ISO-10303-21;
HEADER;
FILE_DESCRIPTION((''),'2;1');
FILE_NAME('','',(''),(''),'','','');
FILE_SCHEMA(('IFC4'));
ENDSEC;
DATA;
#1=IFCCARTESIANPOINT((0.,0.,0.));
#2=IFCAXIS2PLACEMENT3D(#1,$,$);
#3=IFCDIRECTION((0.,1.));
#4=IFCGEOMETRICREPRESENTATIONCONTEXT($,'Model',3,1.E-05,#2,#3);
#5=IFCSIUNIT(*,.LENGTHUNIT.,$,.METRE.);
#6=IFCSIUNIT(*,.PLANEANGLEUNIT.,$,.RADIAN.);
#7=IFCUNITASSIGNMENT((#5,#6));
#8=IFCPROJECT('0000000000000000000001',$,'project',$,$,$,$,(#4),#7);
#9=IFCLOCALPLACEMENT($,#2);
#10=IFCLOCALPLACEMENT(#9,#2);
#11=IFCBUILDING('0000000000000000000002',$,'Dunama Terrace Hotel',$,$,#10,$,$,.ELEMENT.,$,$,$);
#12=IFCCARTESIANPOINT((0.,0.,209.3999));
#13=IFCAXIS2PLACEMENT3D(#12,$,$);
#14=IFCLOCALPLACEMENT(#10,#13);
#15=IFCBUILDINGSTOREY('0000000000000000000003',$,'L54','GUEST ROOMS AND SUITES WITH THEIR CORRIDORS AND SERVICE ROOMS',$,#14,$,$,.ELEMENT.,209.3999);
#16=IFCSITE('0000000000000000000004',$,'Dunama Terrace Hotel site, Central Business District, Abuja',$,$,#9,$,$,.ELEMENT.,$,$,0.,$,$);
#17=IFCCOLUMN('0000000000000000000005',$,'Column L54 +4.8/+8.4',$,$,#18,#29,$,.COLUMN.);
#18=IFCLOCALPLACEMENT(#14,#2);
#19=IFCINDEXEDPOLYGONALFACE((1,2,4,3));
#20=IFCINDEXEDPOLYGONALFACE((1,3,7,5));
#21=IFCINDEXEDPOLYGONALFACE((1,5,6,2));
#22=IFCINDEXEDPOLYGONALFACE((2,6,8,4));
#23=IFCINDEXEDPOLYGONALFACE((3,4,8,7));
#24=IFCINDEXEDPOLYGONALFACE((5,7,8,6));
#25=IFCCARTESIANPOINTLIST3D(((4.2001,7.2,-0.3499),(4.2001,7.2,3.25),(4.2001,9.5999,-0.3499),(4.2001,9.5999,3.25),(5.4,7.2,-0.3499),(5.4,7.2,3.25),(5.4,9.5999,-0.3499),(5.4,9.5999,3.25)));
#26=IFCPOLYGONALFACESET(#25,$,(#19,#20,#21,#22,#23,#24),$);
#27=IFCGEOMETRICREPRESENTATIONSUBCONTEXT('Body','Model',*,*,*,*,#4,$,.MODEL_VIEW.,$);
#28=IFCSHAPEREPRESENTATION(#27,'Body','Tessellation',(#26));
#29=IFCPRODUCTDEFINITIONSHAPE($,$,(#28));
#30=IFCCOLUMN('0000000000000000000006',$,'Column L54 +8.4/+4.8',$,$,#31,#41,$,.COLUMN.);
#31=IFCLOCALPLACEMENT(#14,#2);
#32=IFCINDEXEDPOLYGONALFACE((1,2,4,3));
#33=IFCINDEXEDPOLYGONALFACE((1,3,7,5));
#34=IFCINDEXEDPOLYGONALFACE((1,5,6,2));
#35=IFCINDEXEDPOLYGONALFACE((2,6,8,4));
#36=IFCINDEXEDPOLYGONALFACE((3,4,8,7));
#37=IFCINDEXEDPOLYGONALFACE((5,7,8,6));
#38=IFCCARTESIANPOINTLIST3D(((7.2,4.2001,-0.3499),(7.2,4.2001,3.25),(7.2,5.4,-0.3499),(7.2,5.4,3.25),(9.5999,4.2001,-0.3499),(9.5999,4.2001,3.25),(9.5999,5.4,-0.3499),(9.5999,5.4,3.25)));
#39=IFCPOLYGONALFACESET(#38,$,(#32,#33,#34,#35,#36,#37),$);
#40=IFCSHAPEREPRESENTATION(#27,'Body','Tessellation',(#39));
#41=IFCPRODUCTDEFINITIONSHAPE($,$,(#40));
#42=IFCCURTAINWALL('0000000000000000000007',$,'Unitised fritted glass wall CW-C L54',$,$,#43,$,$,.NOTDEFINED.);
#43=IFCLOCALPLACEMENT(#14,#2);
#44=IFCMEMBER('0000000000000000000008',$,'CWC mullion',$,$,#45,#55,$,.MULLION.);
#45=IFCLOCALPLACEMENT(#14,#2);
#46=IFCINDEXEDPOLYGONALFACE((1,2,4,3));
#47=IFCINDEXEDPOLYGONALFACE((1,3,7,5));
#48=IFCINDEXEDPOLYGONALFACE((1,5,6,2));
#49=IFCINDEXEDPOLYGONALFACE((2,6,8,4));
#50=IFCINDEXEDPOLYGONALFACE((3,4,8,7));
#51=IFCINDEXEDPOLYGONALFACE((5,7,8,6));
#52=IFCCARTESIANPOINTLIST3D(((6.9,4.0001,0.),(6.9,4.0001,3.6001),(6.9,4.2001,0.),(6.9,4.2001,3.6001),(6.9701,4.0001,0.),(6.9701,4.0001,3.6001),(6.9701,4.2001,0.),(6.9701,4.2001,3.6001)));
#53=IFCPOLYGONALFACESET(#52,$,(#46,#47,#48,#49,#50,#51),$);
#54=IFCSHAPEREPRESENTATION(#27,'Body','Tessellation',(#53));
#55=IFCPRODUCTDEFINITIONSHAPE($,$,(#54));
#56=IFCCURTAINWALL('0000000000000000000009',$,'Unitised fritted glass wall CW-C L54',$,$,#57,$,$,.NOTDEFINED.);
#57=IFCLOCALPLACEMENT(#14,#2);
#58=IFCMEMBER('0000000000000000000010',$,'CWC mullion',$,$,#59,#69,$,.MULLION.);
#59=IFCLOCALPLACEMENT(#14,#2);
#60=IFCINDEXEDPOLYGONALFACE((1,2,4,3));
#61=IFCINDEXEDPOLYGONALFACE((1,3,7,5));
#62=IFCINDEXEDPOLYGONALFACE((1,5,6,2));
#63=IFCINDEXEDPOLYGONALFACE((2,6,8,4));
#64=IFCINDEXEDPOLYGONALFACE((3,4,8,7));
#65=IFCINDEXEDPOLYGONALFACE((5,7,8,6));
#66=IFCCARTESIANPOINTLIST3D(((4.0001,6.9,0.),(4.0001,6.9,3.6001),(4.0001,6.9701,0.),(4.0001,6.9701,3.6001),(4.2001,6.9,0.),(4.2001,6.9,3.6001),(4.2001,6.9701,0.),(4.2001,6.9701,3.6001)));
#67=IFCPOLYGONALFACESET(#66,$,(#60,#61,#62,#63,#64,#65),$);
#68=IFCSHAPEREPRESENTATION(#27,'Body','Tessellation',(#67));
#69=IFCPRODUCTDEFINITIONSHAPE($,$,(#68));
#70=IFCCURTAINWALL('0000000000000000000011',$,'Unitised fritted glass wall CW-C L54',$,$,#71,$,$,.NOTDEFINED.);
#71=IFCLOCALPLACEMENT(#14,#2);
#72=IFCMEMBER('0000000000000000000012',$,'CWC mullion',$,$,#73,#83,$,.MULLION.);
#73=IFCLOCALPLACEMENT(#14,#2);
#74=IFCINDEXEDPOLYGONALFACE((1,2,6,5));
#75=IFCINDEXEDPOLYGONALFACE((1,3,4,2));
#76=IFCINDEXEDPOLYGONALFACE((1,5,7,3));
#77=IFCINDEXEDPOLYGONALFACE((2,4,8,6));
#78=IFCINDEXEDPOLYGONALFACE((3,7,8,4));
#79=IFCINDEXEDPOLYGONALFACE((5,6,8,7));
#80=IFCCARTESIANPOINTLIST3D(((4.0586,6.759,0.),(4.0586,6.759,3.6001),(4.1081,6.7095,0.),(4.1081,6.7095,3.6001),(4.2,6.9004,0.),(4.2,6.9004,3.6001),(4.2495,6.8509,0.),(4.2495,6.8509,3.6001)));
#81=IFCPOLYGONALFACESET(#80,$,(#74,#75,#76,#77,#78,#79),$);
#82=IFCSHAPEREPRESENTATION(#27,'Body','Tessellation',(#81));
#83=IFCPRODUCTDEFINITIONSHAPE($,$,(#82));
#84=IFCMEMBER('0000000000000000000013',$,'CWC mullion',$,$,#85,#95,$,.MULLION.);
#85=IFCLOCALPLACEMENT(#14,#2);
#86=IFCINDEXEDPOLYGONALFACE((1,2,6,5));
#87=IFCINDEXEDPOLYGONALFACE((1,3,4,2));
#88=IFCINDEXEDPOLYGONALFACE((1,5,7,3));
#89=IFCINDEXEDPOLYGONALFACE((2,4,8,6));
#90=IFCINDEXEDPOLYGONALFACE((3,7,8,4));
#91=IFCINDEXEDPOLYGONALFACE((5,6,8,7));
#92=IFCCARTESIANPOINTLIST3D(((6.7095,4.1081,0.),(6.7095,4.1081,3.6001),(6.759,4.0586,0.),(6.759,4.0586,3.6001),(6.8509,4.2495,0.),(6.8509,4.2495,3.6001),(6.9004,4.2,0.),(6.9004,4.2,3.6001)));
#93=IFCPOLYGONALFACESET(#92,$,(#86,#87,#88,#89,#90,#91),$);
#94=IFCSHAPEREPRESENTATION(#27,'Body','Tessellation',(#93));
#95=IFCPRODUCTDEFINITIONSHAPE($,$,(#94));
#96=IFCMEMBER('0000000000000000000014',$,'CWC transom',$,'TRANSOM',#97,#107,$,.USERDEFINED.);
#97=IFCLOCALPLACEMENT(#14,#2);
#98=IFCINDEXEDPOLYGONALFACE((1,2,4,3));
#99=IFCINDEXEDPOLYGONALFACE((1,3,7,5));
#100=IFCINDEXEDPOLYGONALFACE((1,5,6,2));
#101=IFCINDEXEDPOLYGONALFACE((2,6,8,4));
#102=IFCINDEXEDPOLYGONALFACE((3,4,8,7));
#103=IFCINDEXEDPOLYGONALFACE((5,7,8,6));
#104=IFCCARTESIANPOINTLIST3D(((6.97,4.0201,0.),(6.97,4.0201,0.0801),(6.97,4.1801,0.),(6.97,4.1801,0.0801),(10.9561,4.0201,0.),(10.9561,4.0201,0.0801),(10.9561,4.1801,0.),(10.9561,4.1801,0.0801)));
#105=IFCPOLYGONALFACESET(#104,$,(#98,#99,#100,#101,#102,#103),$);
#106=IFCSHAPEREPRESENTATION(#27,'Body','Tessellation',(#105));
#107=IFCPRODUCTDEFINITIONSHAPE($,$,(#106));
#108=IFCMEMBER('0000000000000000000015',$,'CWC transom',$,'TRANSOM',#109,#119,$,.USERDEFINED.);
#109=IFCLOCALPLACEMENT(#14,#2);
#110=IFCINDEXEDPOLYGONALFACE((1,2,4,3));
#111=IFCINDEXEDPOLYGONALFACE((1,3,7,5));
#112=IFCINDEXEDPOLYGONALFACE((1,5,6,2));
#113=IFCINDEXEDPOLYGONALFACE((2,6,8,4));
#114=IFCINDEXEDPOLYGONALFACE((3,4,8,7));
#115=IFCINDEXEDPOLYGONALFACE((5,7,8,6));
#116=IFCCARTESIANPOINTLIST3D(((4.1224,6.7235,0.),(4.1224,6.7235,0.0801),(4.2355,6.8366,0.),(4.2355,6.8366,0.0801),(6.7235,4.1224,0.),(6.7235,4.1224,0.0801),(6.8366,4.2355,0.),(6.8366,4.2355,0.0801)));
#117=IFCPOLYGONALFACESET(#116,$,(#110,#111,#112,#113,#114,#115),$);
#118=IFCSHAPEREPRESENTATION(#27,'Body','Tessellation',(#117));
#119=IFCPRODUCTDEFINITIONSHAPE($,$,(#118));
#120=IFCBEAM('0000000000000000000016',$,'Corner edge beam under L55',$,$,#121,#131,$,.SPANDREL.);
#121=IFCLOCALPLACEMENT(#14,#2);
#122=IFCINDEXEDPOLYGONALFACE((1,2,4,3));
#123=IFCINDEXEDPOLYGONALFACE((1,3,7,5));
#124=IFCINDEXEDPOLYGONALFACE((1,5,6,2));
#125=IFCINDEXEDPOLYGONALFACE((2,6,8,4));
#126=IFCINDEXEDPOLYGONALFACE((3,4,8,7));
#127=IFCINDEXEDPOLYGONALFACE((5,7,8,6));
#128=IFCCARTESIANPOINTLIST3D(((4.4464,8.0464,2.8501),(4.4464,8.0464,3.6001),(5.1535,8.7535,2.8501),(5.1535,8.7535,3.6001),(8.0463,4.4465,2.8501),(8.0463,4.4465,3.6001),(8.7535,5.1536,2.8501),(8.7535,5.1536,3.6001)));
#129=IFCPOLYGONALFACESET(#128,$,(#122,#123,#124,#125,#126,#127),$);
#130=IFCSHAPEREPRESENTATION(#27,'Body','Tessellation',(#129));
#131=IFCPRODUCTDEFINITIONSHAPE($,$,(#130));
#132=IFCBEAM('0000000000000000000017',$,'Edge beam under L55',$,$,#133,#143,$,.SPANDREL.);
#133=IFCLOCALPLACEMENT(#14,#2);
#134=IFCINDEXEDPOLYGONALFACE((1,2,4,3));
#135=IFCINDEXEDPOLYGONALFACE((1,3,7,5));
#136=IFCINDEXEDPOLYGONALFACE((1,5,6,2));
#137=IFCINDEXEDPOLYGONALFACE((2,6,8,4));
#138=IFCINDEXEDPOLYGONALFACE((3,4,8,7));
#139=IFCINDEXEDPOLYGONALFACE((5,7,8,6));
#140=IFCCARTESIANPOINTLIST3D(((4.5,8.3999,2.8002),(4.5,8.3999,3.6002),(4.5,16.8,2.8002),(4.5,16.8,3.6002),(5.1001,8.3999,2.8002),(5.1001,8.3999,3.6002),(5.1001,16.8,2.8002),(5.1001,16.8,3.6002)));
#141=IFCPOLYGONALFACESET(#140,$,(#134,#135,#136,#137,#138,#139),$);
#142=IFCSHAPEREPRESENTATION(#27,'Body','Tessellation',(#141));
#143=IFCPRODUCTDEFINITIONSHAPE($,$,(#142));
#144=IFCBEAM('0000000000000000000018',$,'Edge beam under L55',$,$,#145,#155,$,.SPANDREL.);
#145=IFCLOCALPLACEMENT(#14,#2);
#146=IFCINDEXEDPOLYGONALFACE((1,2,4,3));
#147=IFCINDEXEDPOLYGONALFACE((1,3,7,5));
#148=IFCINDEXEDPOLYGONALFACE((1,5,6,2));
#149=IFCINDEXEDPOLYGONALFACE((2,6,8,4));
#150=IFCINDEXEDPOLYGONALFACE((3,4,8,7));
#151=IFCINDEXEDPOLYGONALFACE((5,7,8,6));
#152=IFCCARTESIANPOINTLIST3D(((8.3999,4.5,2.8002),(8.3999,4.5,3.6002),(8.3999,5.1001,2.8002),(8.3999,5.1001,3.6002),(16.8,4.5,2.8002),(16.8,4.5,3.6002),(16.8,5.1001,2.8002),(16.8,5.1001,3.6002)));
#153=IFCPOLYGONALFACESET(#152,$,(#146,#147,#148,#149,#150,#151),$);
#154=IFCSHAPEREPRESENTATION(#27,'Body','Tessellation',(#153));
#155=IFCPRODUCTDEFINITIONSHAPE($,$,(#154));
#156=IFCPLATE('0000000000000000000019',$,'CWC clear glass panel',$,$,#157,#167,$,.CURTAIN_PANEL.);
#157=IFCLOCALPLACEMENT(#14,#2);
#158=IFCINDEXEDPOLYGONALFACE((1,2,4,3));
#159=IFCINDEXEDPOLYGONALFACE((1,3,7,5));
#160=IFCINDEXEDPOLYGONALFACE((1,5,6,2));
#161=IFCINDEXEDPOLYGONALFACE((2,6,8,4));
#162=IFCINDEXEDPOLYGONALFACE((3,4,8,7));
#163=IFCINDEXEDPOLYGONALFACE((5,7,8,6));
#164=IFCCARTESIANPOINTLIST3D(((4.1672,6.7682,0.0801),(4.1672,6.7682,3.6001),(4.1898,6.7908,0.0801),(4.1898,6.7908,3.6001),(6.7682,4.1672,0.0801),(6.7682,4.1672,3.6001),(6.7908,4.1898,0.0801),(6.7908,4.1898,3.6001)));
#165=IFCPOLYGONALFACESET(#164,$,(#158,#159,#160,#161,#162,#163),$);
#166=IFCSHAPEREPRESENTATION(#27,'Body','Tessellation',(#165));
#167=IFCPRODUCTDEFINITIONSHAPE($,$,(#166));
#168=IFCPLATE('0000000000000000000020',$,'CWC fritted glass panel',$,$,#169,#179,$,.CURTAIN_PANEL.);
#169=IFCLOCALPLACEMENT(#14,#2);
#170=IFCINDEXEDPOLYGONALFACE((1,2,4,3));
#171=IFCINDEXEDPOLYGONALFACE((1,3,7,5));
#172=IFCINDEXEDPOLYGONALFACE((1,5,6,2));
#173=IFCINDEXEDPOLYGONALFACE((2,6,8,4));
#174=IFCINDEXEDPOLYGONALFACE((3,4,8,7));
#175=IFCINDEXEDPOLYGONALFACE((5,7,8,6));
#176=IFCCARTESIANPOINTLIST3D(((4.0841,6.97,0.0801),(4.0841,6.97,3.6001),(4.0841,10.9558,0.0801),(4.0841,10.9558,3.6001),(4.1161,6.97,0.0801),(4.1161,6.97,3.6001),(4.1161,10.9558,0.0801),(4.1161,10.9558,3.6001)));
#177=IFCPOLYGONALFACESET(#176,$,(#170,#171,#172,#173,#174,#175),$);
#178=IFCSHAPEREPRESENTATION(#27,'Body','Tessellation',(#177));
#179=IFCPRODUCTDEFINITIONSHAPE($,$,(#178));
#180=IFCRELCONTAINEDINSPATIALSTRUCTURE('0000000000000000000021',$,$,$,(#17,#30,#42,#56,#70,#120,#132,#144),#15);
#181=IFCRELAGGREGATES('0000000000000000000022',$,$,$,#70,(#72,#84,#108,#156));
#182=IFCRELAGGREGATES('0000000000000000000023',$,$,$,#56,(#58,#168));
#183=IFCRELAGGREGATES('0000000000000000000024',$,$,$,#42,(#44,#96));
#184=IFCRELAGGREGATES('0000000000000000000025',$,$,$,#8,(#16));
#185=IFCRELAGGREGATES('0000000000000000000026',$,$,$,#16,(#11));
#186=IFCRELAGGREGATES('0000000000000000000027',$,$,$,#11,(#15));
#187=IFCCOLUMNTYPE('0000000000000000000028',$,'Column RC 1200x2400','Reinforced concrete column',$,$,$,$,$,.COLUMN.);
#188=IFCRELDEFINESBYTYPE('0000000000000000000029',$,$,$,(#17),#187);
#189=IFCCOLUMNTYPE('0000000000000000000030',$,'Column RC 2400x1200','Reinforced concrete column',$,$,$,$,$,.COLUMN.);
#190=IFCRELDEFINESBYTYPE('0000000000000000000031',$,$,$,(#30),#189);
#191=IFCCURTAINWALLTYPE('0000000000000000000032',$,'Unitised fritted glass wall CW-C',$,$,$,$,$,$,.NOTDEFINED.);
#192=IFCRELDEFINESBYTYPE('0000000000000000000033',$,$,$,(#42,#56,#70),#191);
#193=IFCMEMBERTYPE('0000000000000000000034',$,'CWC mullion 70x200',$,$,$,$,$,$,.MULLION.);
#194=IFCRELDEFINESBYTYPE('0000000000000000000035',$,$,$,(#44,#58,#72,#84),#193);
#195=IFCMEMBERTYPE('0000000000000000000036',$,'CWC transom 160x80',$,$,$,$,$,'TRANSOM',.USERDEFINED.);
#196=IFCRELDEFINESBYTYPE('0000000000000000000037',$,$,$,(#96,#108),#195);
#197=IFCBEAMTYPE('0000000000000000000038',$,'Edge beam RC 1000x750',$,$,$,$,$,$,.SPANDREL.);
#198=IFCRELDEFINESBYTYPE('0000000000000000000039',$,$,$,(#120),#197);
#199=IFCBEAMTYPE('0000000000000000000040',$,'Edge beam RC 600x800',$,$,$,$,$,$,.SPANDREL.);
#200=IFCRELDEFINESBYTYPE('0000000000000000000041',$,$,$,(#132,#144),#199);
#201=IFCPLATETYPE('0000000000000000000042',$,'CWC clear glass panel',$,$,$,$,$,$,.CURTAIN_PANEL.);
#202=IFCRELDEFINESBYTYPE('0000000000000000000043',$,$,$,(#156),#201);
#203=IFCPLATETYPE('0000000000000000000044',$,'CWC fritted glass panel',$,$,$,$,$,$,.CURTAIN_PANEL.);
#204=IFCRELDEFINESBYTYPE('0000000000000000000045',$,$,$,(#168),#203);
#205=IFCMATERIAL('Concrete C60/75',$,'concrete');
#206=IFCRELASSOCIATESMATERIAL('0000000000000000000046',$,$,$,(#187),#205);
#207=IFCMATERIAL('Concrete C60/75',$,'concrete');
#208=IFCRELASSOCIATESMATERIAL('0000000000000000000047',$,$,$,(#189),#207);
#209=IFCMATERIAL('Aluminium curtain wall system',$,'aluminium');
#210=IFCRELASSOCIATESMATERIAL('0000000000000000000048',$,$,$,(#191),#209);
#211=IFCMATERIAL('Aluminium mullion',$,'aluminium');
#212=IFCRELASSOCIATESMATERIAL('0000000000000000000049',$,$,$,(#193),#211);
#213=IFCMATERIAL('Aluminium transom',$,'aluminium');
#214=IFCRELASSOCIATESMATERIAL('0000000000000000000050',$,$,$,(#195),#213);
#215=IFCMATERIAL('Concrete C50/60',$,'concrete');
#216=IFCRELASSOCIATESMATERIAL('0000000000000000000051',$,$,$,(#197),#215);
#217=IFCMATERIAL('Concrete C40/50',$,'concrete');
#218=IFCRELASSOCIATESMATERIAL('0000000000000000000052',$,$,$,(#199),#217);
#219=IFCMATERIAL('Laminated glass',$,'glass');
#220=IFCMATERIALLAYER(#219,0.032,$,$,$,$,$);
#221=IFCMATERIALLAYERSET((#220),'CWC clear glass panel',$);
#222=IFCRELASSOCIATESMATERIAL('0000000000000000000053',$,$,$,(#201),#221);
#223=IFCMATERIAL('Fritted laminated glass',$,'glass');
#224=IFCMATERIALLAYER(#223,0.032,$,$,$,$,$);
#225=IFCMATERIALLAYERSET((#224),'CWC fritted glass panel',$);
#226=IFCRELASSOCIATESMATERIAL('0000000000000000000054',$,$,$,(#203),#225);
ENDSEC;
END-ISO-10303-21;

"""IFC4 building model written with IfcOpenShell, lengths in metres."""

from ifc_helpers import new_model, si_unit, direction, frame, origin, origin_2d, place, context, subcontext, project, spatial, rectangle, extrude, material, layer, layer_set, material_profile, profile_set, type_object, element, aggregate, save


model = new_model("IFC4")

# Units and contexts
model_context = context("Model", 3, precision=1e-05, world=origin(), true_north=direction((0.0, 1.0)))
body_context = subcontext(model_context, "Body", "Model", "MODEL_VIEW")
ifc_project = project(units=[si_unit("LENGTHUNIT", "METRE"), si_unit("PLANEANGLEUNIT", "RADIAN")], contexts=[model_context])

# Site, building, storey
site_placement = place(None, origin())
site = spatial("IfcSite", under=ifc_project, at=site_placement, Name="Dunama Terrace Hotel site, Central Business District, Abuja", CompositionType="ELEMENT", RefElevation=0.0)
building_placement = place(site_placement, origin())
building = spatial("IfcBuilding", under=site, at=building_placement, Name="Dunama Terrace Hotel", CompositionType="ELEMENT")
storey_placement = place(building_placement, frame((0.0, 0.0, 209.3999)))
storey = spatial("IfcBuildingStorey", under=building, at=storey_placement, Name="L54", Description="GUEST ROOMS AND SUITES WITH THEIR CORRIDORS AND SERVICE ROOMS", CompositionType="ELEMENT", Elevation=209.3999)

# Columns
ifc_material_1 = material(Name="Concrete C60/75", Category="concrete")
ifc_material_profile_1 = material_profile(ifc_material_1, rectangle(XDim=1.2, YDim=2.3999, at=origin_2d()), Name="RC 1200x2400")
ifc_profile_set_1 = profile_set([ifc_material_profile_1], Name="Concrete C60/75")
column_type_1 = type_object("IfcColumnType", Name="Column RC 1200x2400", Description="Reinforced concrete column", PredefinedType="COLUMN", material=ifc_profile_set_1)
column_1_placement = place(storey_placement, frame((4.8, 8.3999, -0.3499), z_axis=(0.0, 0.0, 1.0), x_axis=(1.0, 0.0, 0.0)))
element("IfcColumn", 1, at=column_1_placement, inside=storey, type_object=column_type_1, Name="Column L54 +4.8/+8.4", PredefinedType="COLUMN", context=body_context, shape_type="SweptSolid", body=[
    extrude(rectangle(XDim=1.2, YDim=2.3999, at=origin_2d()), origin(), (0.0, 0.0, 1.0), 3.5999),
])
ifc_material_2 = material(Name="Concrete C60/75", Category="concrete")
ifc_material_profile_2 = material_profile(ifc_material_2, rectangle(XDim=2.3999, YDim=1.2, at=origin_2d()), Name="RC 2400x1200")
ifc_profile_set_2 = profile_set([ifc_material_profile_2], Name="Concrete C60/75")
column_type_2 = type_object("IfcColumnType", Name="Column RC 2400x1200", Description="Reinforced concrete column", PredefinedType="COLUMN", material=ifc_profile_set_2)
column_2_placement = place(storey_placement, frame((8.3999, 4.8, -0.3499), z_axis=(0.0, 0.0, 1.0), x_axis=(1.0, 0.0, 0.0)))
element("IfcColumn", 2, at=column_2_placement, inside=storey, type_object=column_type_2, Name="Column L54 +8.4/+4.8", PredefinedType="COLUMN", context=body_context, shape_type="SweptSolid", body=[
    extrude(rectangle(XDim=2.3999, YDim=1.2, at=origin_2d()), origin(), (0.0, 0.0, 1.0), 3.5999),
])

# Curtain walls, members
ifc_material_3 = material(Name="Aluminium curtain wall system", Category="aluminium")
curtain_wall_type = type_object("IfcCurtainWallType", Name="Unitised fritted glass wall CW-C", PredefinedType="NOTDEFINED", material=ifc_material_3)
curtain_wall_1_placement = place(storey_placement, origin())
curtain_wall_1 = element("IfcCurtainWall", 3, at=curtain_wall_1_placement, inside=storey, type_object=curtain_wall_type, Name="Unitised fritted glass wall CW-C L54", PredefinedType="NOTDEFINED")
ifc_material_4 = material(Name="Aluminium mullion", Category="aluminium")
ifc_material_profile_3 = material_profile(ifc_material_4, rectangle(XDim=0.0701, YDim=0.2, at=origin_2d()), Name="CWC MULLION 70X200")
ifc_profile_set_3 = profile_set([ifc_material_profile_3], Name="Aluminium mullion")
member_type_1 = type_object("IfcMemberType", Name="CWC mullion 70x200", PredefinedType="MULLION", material=ifc_profile_set_3)
member_1_placement = place(storey_placement, frame((6.9351, 4.1001, 0.0), z_axis=(0.0, 0.0, 1.0), x_axis=(1.0, 0.0, 0.0)))
member_1 = element("IfcMember", 4, at=member_1_placement, type_object=member_type_1, Name="CWC mullion", PredefinedType="MULLION", context=body_context, shape_type="SweptSolid", body=[
    extrude(rectangle(XDim=0.0701, YDim=0.2, at=origin_2d()), origin(), (0.0, 0.0, 1.0), 3.6001),
])
curtain_wall_2_placement = place(storey_placement, origin())
curtain_wall_2 = element("IfcCurtainWall", 5, at=curtain_wall_2_placement, inside=storey, type_object=curtain_wall_type, Name="Unitised fritted glass wall CW-C L54", PredefinedType="NOTDEFINED")
member_2_placement = place(storey_placement, frame((4.1001, 6.9351, 0.0), z_axis=(0.0, 0.0, 1.0), x_axis=(0.0, -1.0, 0.0)))
member_2 = element("IfcMember", 6, at=member_2_placement, type_object=member_type_1, Name="CWC mullion", PredefinedType="MULLION", context=body_context, shape_type="SweptSolid", body=[
    extrude(rectangle(XDim=0.0701, YDim=0.2, at=origin_2d()), origin(), (0.0, 0.0, 1.0), 3.6001),
])

# Curtain wall, members
curtain_wall_3_placement = place(storey_placement, origin())
curtain_wall_3 = element("IfcCurtainWall", 7, at=curtain_wall_3_placement, inside=storey, type_object=curtain_wall_type, Name="Unitised fritted glass wall CW-C L54", PredefinedType="NOTDEFINED")
member_3_placement = place(storey_placement, frame((4.1541, 6.8049, 0.0), z_axis=(0.0, 0.0, 1.0), x_axis=(0.707107, -0.707107, 0.0)))
member_3 = element("IfcMember", 8, at=member_3_placement, type_object=member_type_1, Name="CWC mullion", PredefinedType="MULLION", context=body_context, shape_type="SweptSolid", body=[
    extrude(rectangle(XDim=0.0701, YDim=0.2, at=origin_2d()), origin(), (0.0, 0.0, 1.0), 3.6001),
])
member_4_placement = place(storey_placement, frame((6.8049, 4.1541, 0.0), z_axis=(0.0, 0.0, 1.0), x_axis=(0.707107, -0.707107, 0.0)))
member_4 = element("IfcMember", 9, at=member_4_placement, type_object=member_type_1, Name="CWC mullion", PredefinedType="MULLION", context=body_context, shape_type="SweptSolid", body=[
    extrude(rectangle(XDim=0.0701, YDim=0.2, at=origin_2d()), origin(), (0.0, 0.0, 1.0), 3.6001),
])

# Members
ifc_material_5 = material(Name="Aluminium transom", Category="aluminium")
ifc_material_profile_4 = material_profile(ifc_material_5, rectangle(XDim=0.1599, YDim=0.0801, at=origin_2d()), Name="CWC TRANSOM 160X80")
ifc_profile_set_4 = profile_set([ifc_material_profile_4], Name="Aluminium transom")
member_type_2 = type_object("IfcMemberType", Name="CWC transom 160x80", ElementType="TRANSOM", PredefinedType="USERDEFINED", material=ifc_profile_set_4)
member_5_placement = place(storey_placement, frame((6.97, 4.1001, 0.04), z_axis=(1.0, 0.0, 0.0), x_axis=(0.0, 1.0, 0.0)))
member_5 = element("IfcMember", 10, at=member_5_placement, type_object=member_type_2, Name="CWC transom", ObjectType="TRANSOM", PredefinedType="USERDEFINED", context=body_context, shape_type="SweptSolid", body=[
    extrude(rectangle(XDim=0.1599, YDim=0.0801, at=origin_2d()), origin(), (0.0, 0.0, 1.0), 3.9861),
])
member_6_placement = place(storey_placement, frame((4.179, 6.78, 0.04), z_axis=(0.707107, -0.707107, 0.0), x_axis=(0.707107, 0.707107, 0.0)))
member_6 = element("IfcMember", 11, at=member_6_placement, type_object=member_type_2, Name="CWC transom", ObjectType="TRANSOM", PredefinedType="USERDEFINED", context=body_context, shape_type="SweptSolid", body=[
    extrude(rectangle(XDim=0.1599, YDim=0.0801, at=origin_2d()), origin(), (0.0, 0.0, 1.0), 3.6785),
])

# Beams
ifc_material_6 = material(Name="Concrete C50/60", Category="concrete")
ifc_material_profile_5 = material_profile(ifc_material_6, rectangle(XDim=1.0, YDim=0.75, at=origin_2d()), Name="RC 1000x750")
ifc_profile_set_5 = profile_set([ifc_material_profile_5], Name="Concrete C50/60")
beam_type_1 = type_object("IfcBeamType", Name="Edge beam RC 1000x750", PredefinedType="SPANDREL", material=ifc_profile_set_5)
beam_placement = place(storey_placement, frame((8.3999, 4.8, 3.2251), z_axis=(-0.707107, 0.707107, 0.0), x_axis=(-0.707107, -0.707107, 0.0)))
element("IfcBeam", 12, at=beam_placement, inside=storey, type_object=beam_type_1, Name="Corner edge beam under L55", PredefinedType="SPANDREL", context=body_context, shape_type="SweptSolid", body=[
    extrude(rectangle(XDim=1.0, YDim=0.75, at=origin_2d()), origin(), (0.0, 0.0, 1.0), 5.0911),
])
ifc_material_7 = material(Name="Concrete C40/50", Category="concrete")
ifc_material_profile_6 = material_profile(ifc_material_7, rectangle(XDim=0.6001, YDim=0.8, at=origin_2d()), Name="RC 600x800")
ifc_profile_set_6 = profile_set([ifc_material_profile_6], Name="Concrete C40/50")
beam_type_2 = type_object("IfcBeamType", Name="Edge beam RC 600x800", PredefinedType="SPANDREL", material=ifc_profile_set_6)
for number, where, z_axis, x_axis, name in (
    (13, (4.8, 8.3999, 3.2002), (0.0, 1.0, 0.0), (-1.0, 0.0, 0.0), "Edge beam under L55"),
    (14, (8.3999, 4.8, 3.2002), (1.0, 0.0, 0.0), (0.0, 1.0, 0.0), "Edge beam under L55"),
):
    element("IfcBeam", number, at=place(storey_placement, frame(where, z_axis=z_axis, x_axis=x_axis)), inside=storey, type_object=beam_type_2, Name=name, PredefinedType="SPANDREL", context=body_context, shape_type="SweptSolid", body=[
        extrude(rectangle(XDim=0.6001, YDim=0.8, at=origin_2d()), origin(), (0.0, 0.0, 1.0), 8.4001),
    ])

# Plates
ifc_material_8 = material(Name="Laminated glass", Category="glass")
ifc_layer_1 = layer(ifc_material_8, 0.032)
ifc_layer_set_1 = layer_set([ifc_layer_1], Name="CWC clear glass panel")
plate_type_1 = type_object("IfcPlateType", Name="CWC clear glass panel", PredefinedType="CURTAIN_PANEL", material=ifc_layer_set_1)
plate_1_placement = place(storey_placement, frame((5.479, 5.479, 0.0801), z_axis=(0.0, 0.0, 1.0), x_axis=(0.707107, -0.707107, 0.0)))
plate_1 = element("IfcPlate", 15, at=plate_1_placement, type_object=plate_type_1, Name="CWC clear glass panel", PredefinedType="CURTAIN_PANEL", context=body_context, shape_type="SweptSolid", body=[
    extrude(rectangle(XDim=3.6785, YDim=0.032, at=origin_2d()), origin(), (0.0, 0.0, 1.0), 3.52),
])
aggregate(curtain_wall_3, [member_3, member_4, member_6, plate_1])
ifc_material_9 = material(Name="Fritted laminated glass", Category="glass")
ifc_layer_2 = layer(ifc_material_9, 0.032)
ifc_layer_set_2 = layer_set([ifc_layer_2], Name="CWC fritted glass panel")
plate_type_2 = type_object("IfcPlateType", Name="CWC fritted glass panel", PredefinedType="CURTAIN_PANEL", material=ifc_layer_set_2)
plate_2_placement = place(storey_placement, frame((4.1001, 8.9629, 0.0801), z_axis=(0.0, 0.0, 1.0), x_axis=(0.0, -1.0, 0.0)))
plate_2 = element("IfcPlate", 16, at=plate_2_placement, type_object=plate_type_2, Name="CWC fritted glass panel", PredefinedType="CURTAIN_PANEL", context=body_context, shape_type="SweptSolid", body=[
    extrude(rectangle(XDim=3.9858, YDim=0.032, at=origin_2d()), origin(), (0.0, 0.0, 1.0), 3.52),
])
aggregate(curtain_wall_2, [member_2, plate_2])
aggregate(curtain_wall_1, [member_1, member_5])

save(model, "model.ifc")
